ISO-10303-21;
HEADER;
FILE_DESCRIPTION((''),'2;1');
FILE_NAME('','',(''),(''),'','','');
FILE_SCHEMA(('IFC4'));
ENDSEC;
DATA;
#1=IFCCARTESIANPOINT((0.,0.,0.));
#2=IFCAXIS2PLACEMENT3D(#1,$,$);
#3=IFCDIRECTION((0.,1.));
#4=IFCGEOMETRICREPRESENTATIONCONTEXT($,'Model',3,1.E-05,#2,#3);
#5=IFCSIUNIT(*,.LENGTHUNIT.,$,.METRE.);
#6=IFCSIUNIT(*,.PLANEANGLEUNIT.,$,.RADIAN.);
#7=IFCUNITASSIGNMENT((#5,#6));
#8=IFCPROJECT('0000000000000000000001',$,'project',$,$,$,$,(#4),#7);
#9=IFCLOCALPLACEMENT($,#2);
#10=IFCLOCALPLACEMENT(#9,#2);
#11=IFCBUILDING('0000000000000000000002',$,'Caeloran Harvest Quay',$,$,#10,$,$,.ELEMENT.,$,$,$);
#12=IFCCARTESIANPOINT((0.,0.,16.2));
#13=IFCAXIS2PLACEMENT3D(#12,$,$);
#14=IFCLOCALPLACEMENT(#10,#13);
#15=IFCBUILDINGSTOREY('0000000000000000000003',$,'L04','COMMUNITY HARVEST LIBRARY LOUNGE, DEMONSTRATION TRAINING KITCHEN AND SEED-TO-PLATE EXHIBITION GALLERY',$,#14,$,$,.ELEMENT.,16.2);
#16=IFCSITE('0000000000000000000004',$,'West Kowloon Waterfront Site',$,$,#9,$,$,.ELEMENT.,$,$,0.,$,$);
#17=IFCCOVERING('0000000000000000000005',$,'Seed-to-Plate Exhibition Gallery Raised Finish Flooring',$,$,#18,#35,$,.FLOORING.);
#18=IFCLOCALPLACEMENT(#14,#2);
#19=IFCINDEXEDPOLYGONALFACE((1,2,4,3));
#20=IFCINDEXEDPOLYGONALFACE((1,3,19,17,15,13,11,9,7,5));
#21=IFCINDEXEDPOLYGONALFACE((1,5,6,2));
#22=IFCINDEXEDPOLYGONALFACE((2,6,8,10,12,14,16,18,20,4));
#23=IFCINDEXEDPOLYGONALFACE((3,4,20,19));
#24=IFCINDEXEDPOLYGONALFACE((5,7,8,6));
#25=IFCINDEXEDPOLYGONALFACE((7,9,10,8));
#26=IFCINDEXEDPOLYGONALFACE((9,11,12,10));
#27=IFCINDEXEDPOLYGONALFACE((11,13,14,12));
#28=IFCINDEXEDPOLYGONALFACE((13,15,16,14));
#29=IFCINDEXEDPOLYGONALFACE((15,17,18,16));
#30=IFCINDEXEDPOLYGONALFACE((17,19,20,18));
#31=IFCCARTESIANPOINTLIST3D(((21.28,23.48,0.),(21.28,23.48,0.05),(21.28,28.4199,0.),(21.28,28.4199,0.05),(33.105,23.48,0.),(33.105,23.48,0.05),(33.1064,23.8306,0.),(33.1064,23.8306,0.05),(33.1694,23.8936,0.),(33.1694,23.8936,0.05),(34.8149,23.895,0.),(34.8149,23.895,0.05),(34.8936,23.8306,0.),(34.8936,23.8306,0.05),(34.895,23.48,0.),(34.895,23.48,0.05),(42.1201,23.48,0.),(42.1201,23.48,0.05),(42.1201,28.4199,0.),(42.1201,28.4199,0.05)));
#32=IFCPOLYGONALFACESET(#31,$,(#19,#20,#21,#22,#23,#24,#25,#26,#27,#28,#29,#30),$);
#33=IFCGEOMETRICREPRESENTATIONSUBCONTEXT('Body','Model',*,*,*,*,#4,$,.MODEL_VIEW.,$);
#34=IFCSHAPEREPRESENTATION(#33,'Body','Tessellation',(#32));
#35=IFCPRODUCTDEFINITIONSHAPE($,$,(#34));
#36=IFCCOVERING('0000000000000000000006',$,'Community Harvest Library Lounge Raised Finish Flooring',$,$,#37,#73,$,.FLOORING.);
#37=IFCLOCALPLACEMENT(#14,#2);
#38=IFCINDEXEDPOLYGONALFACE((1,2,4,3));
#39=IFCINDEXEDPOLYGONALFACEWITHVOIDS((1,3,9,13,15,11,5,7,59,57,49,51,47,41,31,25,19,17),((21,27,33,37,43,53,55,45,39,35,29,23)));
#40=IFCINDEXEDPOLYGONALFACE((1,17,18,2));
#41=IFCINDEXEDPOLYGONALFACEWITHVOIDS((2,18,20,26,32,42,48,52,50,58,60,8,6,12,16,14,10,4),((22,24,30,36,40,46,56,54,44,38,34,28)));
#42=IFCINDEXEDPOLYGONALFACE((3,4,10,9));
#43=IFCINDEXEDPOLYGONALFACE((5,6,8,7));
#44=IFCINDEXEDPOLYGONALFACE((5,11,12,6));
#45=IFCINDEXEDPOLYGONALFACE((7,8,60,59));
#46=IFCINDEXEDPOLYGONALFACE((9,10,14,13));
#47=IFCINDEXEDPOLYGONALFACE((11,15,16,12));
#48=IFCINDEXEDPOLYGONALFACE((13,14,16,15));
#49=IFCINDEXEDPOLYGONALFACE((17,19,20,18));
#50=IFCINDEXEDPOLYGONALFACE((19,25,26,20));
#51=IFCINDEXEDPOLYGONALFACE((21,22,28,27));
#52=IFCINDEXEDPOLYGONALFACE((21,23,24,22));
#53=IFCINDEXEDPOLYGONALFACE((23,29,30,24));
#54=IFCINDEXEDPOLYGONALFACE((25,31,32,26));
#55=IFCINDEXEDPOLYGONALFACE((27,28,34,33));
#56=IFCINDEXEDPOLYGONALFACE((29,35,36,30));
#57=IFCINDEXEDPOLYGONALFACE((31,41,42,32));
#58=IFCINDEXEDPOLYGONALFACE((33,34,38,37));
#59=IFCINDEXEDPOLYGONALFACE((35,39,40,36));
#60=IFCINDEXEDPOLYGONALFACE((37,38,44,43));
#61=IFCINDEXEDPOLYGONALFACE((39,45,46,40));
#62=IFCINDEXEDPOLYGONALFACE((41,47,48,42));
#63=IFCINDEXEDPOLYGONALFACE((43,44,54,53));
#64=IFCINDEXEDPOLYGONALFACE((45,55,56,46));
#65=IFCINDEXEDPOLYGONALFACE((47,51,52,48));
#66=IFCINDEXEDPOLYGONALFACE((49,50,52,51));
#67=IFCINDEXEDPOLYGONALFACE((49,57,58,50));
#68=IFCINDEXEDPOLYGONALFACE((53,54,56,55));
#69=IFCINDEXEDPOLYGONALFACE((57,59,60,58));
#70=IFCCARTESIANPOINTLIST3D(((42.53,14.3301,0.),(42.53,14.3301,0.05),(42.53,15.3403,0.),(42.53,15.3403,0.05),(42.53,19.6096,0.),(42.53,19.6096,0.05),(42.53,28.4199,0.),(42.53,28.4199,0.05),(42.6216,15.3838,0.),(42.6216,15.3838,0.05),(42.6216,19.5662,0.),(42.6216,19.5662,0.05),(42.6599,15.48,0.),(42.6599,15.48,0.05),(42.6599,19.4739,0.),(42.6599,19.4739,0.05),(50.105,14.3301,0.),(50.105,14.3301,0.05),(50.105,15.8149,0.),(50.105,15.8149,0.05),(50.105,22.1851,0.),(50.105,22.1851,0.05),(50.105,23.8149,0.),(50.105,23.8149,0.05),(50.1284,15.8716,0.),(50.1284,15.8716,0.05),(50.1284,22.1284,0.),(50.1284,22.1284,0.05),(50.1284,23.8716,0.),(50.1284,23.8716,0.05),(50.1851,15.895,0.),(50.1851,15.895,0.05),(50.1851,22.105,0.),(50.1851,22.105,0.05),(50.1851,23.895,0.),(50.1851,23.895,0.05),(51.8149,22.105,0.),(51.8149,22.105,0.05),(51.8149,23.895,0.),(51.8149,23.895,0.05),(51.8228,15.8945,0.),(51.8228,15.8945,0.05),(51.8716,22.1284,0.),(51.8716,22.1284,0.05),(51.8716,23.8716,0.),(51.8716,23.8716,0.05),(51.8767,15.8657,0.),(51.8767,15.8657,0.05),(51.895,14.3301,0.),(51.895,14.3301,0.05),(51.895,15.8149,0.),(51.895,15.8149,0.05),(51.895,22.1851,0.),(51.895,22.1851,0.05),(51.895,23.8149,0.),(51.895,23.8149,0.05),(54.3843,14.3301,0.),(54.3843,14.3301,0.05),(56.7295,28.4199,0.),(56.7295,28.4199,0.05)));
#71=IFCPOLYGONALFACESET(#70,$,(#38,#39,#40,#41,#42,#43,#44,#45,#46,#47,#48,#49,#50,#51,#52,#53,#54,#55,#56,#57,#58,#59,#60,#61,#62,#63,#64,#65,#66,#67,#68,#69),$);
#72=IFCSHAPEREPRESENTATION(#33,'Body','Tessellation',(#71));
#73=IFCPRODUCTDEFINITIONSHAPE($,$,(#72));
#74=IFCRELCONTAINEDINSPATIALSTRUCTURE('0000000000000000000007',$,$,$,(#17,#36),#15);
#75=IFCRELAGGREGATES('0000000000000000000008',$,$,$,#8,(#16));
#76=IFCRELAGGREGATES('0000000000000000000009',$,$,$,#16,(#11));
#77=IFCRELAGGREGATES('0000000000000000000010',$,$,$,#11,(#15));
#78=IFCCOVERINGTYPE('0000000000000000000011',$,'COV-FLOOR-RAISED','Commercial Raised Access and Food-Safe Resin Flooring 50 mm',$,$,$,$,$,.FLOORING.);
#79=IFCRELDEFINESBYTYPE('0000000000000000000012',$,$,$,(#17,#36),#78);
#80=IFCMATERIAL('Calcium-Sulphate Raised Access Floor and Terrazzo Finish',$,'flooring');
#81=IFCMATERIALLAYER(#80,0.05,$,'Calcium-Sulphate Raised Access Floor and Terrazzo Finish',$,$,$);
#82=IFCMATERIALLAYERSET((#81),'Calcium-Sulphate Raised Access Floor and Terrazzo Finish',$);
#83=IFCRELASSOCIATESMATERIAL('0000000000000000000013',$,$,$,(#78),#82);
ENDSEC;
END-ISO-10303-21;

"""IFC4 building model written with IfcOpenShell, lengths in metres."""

from ifc_helpers import new_model, si_unit, direction, frame, origin, place, context, subcontext, project, spatial, polyline, outline, extrude, material, layer, layer_set, type_object, element, save


model = new_model("IFC4")

# Units and contexts
model_context = context("Model", 3, precision=1e-05, world=origin(), true_north=direction((0.0, 1.0)))
body_context = subcontext(model_context, "Body", "Model", "MODEL_VIEW")
ifc_project = project(units=[si_unit("LENGTHUNIT", "METRE"), si_unit("PLANEANGLEUNIT", "RADIAN")], contexts=[model_context])

# Site, building, storey
site_placement = place(None, origin())
site = spatial("IfcSite", under=ifc_project, at=site_placement, Name="West Kowloon Waterfront Site", CompositionType="ELEMENT", RefElevation=0.0)
building_placement = place(site_placement, origin())
building = spatial("IfcBuilding", under=site, at=building_placement, Name="Caeloran Harvest Quay", CompositionType="ELEMENT")
storey_placement = place(building_placement, frame((0.0, 0.0, 16.2)))
storey = spatial("IfcBuildingStorey", under=building, at=storey_placement, Name="L04", Description="COMMUNITY HARVEST LIBRARY LOUNGE, DEMONSTRATION TRAINING KITCHEN AND SEED-TO-PLATE EXHIBITION GALLERY", CompositionType="ELEMENT", Elevation=16.2)

# Coverings
ifc_material_1 = material(Name="Calcium-Sulphate Raised Access Floor and Terrazzo Finish", Category="flooring")
ifc_layer_1 = layer(ifc_material_1, 0.05, Name="Calcium-Sulphate Raised Access Floor and Terrazzo Finish")
ifc_layer_set_1 = layer_set([ifc_layer_1], Name="Calcium-Sulphate Raised Access Floor and Terrazzo Finish")
covering_type_1 = type_object("IfcCoveringType", Name="COV-FLOOR-RAISED", Description="Commercial Raised Access and Food-Safe Resin Flooring 50 mm", PredefinedType="FLOORING", material=ifc_layer_set_1)
covering_1_placement = place(storey_placement, origin())
element("IfcCovering", 1, at=covering_1_placement, inside=storey, type_object=covering_type_1, Name="Seed-to-Plate Exhibition Gallery Raised Finish Flooring", PredefinedType="FLOORING", context=body_context, shape_type="SweptSolid", body=[
    extrude(outline(polyline([(42.1201, 28.4199), (42.1201, 23.48), (34.895, 23.48), (34.8936, 23.8306), (34.8149, 23.895), (33.1694, 23.8936), (33.1064, 23.8306), (33.105, 23.48), (21.28, 23.48), (21.28, 28.4199), (42.1201, 28.4199)])), origin(), (0.0, 0.0, 1.0), 0.05),
])
covering_2_placement = place(storey_placement, origin())
element("IfcCovering", 2, at=covering_2_placement, inside=storey, type_object=covering_type_1, Name="Community Harvest Library Lounge Raised Finish Flooring", PredefinedType="FLOORING", context=body_context, shape_type="SweptSolid", body=[
    extrude(outline(polyline([(42.53, 15.3403), (42.6216, 15.3838), (42.6599, 15.48), (42.6599, 19.4739), (42.6216, 19.5662), (42.53, 19.6096), (42.53, 28.4199), (56.7295, 28.4199), (54.3843, 14.3301), (51.895, 14.3301), (51.895, 15.8149), (51.8767, 15.8657), (51.8228, 15.8945), (50.1851, 15.895), (50.1284, 15.8716), (50.105, 15.8149), (50.105, 14.3301), (42.53, 14.3301), (42.53, 15.3403)]), holes=[polyline([(51.895, 23.8149), (51.8716, 23.8716), (51.8149, 23.895), (50.1851, 23.895), (50.1284, 23.8716), (50.105, 23.8149), (50.105, 22.1851), (50.1284, 22.1284), (50.1851, 22.105), (51.8149, 22.105), (51.8716, 22.1284), (51.895, 22.1851), (51.895, 23.8149)])]), origin(), (0.0, 0.0, 1.0), 0.05),
])

save(model, "model.ifc")
